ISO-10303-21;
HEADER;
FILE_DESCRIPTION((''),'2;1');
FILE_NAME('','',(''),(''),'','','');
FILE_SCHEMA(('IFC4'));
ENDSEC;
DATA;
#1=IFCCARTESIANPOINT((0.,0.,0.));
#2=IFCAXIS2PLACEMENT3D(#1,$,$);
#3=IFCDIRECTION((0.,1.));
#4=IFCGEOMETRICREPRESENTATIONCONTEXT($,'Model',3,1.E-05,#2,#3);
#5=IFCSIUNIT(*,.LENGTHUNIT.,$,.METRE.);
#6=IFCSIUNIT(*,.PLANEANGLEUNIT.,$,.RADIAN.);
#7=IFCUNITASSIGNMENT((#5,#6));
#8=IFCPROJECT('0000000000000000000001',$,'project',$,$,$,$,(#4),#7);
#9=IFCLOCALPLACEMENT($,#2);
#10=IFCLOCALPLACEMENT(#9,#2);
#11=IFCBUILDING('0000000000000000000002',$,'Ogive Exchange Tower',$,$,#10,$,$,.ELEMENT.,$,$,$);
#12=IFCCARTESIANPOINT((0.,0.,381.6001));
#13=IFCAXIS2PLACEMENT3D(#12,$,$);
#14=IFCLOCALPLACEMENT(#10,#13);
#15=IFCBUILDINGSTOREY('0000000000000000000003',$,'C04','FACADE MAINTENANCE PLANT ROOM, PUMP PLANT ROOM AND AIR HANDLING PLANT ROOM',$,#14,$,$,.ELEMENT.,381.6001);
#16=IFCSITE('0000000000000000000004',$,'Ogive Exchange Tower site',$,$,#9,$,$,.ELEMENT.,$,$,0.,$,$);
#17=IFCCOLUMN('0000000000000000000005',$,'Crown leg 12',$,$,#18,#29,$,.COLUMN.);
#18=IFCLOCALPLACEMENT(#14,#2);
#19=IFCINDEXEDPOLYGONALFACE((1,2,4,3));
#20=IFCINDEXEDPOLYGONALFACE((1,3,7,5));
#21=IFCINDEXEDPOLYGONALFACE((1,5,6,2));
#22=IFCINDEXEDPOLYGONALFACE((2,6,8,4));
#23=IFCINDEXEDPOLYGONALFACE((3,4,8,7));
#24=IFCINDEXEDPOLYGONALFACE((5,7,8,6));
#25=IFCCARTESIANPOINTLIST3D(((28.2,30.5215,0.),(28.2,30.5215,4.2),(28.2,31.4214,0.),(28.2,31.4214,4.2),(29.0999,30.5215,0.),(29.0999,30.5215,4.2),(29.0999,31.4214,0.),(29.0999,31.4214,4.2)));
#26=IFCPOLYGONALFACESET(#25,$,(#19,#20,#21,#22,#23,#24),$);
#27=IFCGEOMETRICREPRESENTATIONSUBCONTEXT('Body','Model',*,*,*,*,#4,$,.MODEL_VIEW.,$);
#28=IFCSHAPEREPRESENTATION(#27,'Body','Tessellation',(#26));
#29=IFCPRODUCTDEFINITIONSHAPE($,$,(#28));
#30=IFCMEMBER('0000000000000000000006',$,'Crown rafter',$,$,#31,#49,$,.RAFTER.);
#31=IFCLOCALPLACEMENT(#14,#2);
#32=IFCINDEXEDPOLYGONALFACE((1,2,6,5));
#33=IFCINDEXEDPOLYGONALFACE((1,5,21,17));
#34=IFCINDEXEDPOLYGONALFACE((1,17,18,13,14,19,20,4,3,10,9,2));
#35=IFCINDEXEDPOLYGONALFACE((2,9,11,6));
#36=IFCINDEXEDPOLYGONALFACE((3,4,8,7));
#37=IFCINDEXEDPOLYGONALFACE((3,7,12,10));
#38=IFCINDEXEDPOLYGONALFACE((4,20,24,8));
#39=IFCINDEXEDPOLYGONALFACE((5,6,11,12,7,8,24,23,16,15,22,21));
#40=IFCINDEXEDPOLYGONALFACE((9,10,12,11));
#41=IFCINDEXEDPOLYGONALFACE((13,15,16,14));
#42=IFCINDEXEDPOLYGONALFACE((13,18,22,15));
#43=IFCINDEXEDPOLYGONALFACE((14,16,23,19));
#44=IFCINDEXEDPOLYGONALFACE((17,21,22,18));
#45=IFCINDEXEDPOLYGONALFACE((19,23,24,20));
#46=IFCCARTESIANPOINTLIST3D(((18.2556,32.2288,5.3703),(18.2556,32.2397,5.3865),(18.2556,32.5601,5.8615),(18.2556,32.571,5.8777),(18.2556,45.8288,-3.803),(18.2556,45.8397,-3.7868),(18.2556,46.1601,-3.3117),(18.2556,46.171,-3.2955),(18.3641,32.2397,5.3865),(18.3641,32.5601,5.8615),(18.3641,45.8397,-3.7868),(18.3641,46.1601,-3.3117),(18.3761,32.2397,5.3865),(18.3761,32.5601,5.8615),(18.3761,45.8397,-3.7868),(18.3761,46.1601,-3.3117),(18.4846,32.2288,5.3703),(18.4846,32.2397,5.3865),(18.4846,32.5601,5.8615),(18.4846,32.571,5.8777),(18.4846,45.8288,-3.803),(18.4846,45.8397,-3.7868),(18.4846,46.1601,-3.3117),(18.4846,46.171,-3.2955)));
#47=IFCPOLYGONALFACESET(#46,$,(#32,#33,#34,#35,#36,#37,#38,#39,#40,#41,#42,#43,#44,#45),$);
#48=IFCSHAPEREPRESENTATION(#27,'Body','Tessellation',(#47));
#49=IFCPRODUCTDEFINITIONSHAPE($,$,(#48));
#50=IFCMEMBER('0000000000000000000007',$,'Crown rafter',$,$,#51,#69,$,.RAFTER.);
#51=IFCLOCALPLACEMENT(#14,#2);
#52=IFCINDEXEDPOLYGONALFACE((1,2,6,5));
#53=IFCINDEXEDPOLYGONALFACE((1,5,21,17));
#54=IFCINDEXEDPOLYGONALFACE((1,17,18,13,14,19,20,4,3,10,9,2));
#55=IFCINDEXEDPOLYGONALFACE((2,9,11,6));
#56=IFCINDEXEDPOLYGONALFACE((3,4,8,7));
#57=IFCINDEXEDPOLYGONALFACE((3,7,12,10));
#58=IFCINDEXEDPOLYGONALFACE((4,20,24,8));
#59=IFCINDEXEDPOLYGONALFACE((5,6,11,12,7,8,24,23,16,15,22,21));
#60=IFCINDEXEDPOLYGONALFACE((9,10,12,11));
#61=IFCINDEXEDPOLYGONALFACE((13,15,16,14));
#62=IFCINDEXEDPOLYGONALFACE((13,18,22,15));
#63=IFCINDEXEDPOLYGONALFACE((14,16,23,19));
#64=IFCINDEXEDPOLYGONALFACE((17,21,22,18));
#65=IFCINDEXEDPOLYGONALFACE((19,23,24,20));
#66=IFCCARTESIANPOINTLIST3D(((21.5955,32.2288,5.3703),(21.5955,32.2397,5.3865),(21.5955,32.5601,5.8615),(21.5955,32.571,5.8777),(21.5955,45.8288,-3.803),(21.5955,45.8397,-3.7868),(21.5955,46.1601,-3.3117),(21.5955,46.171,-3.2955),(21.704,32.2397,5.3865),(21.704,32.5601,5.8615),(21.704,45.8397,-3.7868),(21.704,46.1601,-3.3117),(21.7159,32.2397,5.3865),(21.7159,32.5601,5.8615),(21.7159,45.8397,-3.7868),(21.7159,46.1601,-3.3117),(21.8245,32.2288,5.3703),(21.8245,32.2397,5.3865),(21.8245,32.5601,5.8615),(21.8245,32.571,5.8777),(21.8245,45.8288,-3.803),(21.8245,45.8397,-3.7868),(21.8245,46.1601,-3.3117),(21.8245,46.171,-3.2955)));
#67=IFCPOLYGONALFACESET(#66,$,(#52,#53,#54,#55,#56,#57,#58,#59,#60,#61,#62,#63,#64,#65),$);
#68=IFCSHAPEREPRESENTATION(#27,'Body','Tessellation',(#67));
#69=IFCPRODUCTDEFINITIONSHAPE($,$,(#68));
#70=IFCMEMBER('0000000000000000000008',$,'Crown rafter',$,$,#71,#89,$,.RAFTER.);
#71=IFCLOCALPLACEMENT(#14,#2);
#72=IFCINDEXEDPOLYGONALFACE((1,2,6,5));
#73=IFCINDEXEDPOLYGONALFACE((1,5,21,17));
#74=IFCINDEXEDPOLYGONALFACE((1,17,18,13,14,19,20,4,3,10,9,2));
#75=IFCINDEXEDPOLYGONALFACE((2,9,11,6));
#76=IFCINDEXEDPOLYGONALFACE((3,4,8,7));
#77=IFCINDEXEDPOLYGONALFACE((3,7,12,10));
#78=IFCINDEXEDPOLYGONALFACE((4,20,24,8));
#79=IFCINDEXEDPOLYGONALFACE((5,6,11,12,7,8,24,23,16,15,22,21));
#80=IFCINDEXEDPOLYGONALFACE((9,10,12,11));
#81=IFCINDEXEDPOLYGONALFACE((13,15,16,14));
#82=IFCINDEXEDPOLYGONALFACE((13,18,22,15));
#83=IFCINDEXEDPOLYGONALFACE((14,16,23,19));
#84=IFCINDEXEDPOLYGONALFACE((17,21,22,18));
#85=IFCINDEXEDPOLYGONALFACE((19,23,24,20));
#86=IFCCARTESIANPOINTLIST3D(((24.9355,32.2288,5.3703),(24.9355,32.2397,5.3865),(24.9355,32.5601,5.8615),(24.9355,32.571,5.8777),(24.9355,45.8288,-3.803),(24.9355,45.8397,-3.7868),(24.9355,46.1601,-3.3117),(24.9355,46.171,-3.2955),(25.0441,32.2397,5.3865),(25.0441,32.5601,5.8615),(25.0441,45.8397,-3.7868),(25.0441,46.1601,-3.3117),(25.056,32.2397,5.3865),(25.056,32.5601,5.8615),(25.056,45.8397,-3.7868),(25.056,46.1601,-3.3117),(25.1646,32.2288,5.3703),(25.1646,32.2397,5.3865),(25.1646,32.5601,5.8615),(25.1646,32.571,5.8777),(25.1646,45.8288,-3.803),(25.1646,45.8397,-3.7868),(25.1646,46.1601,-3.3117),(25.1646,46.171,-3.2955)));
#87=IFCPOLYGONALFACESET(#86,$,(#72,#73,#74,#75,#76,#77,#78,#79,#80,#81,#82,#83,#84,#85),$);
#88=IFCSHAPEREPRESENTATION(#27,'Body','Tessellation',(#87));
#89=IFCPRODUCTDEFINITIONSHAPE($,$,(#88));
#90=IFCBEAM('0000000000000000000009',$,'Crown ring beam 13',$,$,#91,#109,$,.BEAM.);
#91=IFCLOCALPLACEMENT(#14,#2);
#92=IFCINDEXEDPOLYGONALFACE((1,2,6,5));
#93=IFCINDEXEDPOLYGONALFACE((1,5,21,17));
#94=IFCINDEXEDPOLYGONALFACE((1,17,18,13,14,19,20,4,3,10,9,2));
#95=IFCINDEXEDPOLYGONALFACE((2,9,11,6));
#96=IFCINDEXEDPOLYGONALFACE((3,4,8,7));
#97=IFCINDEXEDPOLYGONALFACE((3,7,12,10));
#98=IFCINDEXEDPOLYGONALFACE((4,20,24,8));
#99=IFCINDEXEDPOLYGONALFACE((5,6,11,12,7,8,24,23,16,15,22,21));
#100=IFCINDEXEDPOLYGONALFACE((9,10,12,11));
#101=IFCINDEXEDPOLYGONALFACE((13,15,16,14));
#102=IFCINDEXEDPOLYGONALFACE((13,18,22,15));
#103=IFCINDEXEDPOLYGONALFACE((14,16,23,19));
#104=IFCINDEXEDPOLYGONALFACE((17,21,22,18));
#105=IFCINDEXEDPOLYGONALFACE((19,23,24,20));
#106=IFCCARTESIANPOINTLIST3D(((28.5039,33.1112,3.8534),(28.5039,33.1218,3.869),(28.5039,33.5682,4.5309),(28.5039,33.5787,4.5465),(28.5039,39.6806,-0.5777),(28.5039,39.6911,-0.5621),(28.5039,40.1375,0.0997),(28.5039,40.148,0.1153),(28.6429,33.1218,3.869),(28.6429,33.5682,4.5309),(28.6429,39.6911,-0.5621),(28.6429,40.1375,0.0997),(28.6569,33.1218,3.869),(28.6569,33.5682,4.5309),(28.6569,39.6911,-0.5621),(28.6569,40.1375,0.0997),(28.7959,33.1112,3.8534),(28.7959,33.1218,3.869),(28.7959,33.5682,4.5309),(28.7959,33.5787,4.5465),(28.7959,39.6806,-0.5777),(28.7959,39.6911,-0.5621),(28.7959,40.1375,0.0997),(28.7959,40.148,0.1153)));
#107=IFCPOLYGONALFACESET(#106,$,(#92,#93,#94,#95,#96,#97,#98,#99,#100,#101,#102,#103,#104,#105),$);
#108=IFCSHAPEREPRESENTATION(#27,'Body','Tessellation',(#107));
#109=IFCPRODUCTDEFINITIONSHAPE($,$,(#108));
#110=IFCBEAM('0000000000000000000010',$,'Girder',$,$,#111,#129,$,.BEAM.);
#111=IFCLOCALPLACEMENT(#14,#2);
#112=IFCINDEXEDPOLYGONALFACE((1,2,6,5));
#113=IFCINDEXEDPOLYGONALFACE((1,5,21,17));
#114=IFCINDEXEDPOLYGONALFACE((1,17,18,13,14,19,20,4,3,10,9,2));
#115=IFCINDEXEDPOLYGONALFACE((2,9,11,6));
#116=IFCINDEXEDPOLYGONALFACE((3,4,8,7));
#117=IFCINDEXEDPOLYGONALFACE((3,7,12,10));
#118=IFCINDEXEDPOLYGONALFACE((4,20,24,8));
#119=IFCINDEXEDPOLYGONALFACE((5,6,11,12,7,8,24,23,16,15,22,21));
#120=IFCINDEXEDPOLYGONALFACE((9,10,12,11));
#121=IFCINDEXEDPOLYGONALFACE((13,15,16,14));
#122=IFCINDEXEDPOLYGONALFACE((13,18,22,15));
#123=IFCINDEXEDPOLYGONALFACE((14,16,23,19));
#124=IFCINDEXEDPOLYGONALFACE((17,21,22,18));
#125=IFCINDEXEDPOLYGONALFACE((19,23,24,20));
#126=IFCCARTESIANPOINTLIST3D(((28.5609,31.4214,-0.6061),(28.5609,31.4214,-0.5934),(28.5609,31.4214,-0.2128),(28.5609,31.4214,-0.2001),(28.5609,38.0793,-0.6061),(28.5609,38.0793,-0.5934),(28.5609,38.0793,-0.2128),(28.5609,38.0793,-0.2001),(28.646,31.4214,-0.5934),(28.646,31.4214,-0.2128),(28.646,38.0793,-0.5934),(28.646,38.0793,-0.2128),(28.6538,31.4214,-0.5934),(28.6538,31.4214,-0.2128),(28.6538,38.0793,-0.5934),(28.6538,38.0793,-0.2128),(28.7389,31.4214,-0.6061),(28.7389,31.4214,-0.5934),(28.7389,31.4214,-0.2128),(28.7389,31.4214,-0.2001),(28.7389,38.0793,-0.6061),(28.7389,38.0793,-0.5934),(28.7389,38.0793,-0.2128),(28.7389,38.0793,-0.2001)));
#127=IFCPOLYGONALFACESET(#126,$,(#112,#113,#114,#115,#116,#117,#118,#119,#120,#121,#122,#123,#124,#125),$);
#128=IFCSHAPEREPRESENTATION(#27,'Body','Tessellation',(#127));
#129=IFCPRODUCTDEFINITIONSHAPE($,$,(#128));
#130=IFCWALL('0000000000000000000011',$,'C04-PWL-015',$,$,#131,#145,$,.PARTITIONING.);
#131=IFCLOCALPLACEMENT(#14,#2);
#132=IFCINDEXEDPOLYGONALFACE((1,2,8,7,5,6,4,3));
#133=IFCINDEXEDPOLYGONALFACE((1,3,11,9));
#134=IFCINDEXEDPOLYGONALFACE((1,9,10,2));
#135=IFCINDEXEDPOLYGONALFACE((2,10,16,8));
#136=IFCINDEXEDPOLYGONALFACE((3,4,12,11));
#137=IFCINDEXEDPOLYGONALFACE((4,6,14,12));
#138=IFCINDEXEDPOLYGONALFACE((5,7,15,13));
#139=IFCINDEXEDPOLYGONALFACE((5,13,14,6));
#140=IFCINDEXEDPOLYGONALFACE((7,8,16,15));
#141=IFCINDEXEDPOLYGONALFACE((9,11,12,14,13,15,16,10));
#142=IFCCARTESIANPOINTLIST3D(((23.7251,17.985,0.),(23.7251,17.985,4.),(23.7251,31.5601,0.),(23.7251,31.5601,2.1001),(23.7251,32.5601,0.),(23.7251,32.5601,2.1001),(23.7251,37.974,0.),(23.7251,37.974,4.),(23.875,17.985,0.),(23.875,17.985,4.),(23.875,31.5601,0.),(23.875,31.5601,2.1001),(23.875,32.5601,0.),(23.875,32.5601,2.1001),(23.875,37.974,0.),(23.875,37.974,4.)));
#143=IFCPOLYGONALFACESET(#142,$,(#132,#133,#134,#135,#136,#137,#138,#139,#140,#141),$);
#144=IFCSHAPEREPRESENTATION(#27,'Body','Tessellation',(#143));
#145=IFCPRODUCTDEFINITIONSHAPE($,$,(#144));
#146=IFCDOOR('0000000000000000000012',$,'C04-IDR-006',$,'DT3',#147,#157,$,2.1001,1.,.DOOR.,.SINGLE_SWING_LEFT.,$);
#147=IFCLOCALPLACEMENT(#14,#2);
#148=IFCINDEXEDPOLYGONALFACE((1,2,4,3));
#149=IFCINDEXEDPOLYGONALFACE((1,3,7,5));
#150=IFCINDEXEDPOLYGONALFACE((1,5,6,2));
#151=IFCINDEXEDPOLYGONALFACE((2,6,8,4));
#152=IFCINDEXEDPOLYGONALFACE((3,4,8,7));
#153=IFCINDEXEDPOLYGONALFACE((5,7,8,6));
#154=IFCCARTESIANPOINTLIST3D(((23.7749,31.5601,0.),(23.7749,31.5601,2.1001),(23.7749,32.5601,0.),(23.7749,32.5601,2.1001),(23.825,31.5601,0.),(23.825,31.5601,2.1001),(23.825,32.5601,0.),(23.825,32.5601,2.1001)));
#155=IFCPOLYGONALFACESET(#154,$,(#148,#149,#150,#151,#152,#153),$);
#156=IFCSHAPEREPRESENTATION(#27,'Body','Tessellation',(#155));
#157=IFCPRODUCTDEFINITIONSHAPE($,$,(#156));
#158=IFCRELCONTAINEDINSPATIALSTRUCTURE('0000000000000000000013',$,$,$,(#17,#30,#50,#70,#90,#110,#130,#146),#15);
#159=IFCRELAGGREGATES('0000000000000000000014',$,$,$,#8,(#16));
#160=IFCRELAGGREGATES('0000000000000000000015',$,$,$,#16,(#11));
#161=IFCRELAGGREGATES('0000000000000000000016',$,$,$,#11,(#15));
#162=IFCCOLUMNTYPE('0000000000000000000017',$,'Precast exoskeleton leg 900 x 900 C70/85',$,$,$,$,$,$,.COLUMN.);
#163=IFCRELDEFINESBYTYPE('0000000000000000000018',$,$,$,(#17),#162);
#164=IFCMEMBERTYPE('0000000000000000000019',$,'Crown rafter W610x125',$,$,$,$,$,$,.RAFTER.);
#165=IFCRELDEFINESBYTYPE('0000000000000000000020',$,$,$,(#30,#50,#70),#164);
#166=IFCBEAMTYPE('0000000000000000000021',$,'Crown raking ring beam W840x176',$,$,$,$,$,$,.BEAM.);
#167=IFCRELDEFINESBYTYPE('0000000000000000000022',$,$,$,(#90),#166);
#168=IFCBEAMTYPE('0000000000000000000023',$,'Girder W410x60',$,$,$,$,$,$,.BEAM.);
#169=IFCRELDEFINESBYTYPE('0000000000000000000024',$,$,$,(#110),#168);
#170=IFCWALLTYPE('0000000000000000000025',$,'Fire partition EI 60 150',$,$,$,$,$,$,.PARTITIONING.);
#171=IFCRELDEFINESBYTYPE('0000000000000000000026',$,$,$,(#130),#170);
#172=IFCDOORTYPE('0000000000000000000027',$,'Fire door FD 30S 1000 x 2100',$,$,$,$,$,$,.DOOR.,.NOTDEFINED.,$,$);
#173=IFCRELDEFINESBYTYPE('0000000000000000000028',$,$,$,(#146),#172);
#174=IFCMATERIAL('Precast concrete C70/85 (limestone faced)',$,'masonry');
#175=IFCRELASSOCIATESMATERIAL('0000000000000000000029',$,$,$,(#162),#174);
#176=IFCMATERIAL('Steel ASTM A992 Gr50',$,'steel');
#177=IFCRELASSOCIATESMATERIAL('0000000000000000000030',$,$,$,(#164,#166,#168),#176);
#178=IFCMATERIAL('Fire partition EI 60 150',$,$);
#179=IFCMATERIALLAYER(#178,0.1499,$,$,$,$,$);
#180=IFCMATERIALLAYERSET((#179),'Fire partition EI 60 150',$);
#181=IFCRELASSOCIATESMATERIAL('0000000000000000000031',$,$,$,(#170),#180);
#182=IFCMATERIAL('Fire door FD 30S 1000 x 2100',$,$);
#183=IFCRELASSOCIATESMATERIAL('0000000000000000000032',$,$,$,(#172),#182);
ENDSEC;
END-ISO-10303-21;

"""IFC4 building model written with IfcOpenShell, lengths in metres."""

from ifc_helpers import new_model, si_unit, direction, frame, frame_2d, origin, origin_2d, place, context, subcontext, project, spatial, rectangle, i_section, extrude, material, layer, layer_set, material_profile, profile_set, type_object, element, fill, save


model = new_model("IFC4")

# Units and contexts
model_context = context("Model", 3, precision=1e-05, world=origin(), true_north=direction((0.0, 1.0)))
body_context = subcontext(model_context, "Body", "Model", "MODEL_VIEW")
ifc_project = project(units=[si_unit("LENGTHUNIT", "METRE"), si_unit("PLANEANGLEUNIT", "RADIAN")], contexts=[model_context])

# Site, building, storey
site_placement = place(None, origin())
site = spatial("IfcSite", under=ifc_project, at=site_placement, Name="Ogive Exchange Tower site", CompositionType="ELEMENT", RefElevation=0.0)
building_placement = place(site_placement, origin())
building = spatial("IfcBuilding", under=site, at=building_placement, Name="Ogive Exchange Tower", CompositionType="ELEMENT")
storey_placement = place(building_placement, frame((0.0, 0.0, 381.6001)))
storey = spatial("IfcBuildingStorey", under=building, at=storey_placement, Name="C04", Description="FACADE MAINTENANCE PLANT ROOM, PUMP PLANT ROOM AND AIR HANDLING PLANT ROOM", CompositionType="ELEMENT", Elevation=381.6001)

# Column
ifc_material_1 = material(Name="Precast concrete C70/85 (limestone faced)", Category="masonry")
ifc_material_profile_1 = material_profile(ifc_material_1, rectangle(XDim=0.8999, YDim=0.8999, at=origin_2d()), Name="900 x 900")
ifc_profile_set_1 = profile_set([ifc_material_profile_1], Name="Precast concrete C70/85 (limestone faced)")
column_type = type_object("IfcColumnType", Name="Precast exoskeleton leg 900 x 900 C70/85", PredefinedType="COLUMN", material=ifc_profile_set_1)
column_placement = place(storey_placement, frame((28.6499, 30.9714, 0.0), z_axis=(0.0, 0.0, 1.0), x_axis=(1.0, 0.0, 0.0)))
element("IfcColumn", 1, at=column_placement, inside=storey, type_object=column_type, Name="Crown leg 12", PredefinedType="COLUMN", context=body_context, shape_type="SweptSolid", body=[
    extrude(rectangle(XDim=0.8999, YDim=0.8999, at=origin_2d()), origin(), (0.0, 0.0, 1.0), 4.2),
])

# Members
ifc_material_2 = material(Name="Steel ASTM A992 Gr50", Category="steel")
ifc_material_profile_2 = material_profile(ifc_material_2, i_section(OverallWidth=0.229, OverallDepth=0.6121, WebThickness=0.012, FlangeThickness=0.0195, at=origin_2d()), Name="W610x125")
ifc_profile_set_2 = profile_set([ifc_material_profile_2], Name="Steel ASTM A992 Gr50")
member_type = type_object("IfcMemberType", Name="Crown rafter W610x125", PredefinedType="RAFTER", material=ifc_profile_set_2)
for number, where, z_axis, x_axis, name in (
    (2, (18.3701, 32.3999, 5.624), (0.0, 0.829039, -0.559191), (-1.0, 0.0, 0.0), "Crown rafter"),
    (3, (21.71, 32.3999, 5.624), (0.0, 0.829039, -0.559191), (-1.0, 0.0, 0.0), "Crown rafter"),
    (4, (25.05, 32.3999, 5.624), (0.0, 0.829039, -0.559191), (-1.0, 0.0, 0.0), "Crown rafter"),
):
    element("IfcMember", number, at=place(storey_placement, frame(where, z_axis=z_axis, x_axis=x_axis)), inside=storey, type_object=member_type, Name=name, PredefinedType="RAFTER", context=body_context, shape_type="SweptSolid", body=[
        extrude(i_section(OverallWidth=0.229, OverallDepth=0.6121, WebThickness=0.012, FlangeThickness=0.0195, at=origin_2d()), origin(), (0.0, 0.0, 1.0), 16.4045),
    ])

# Beams
ifc_material_profile_3 = material_profile(ifc_material_2, i_section(OverallWidth=0.292, OverallDepth=0.8359, WebThickness=0.0139, FlangeThickness=0.0188, at=origin_2d()), Name="W840x176")
ifc_profile_set_3 = profile_set([ifc_material_profile_3], Name="Steel ASTM A992 Gr50")
beam_type_1 = type_object("IfcBeamType", Name="Crown raking ring beam W840x176", PredefinedType="BEAM", material=ifc_profile_set_3)
beam_1_placement = place(storey_placement, frame((28.6499, 33.345, 4.2), z_axis=(0.0, 0.829033, -0.5592), x_axis=(-1.0, 0.0, 0.0)))
element("IfcBeam", 5, at=beam_1_placement, inside=storey, type_object=beam_type_1, Name="Crown ring beam 13", PredefinedType="BEAM", context=body_context, shape_type="SweptSolid", body=[
    extrude(i_section(OverallWidth=0.292, OverallDepth=0.8359, WebThickness=0.0139, FlangeThickness=0.0188, at=origin_2d()), origin(), (0.0, 0.0, 1.0), 7.9241),
])
ifc_material_profile_4 = material_profile(ifc_material_2, i_section(OverallWidth=0.178, OverallDepth=0.406, WebThickness=0.0078, FlangeThickness=0.0127, at=origin_2d()), Name="W410x60")
ifc_profile_set_4 = profile_set([ifc_material_profile_4], Name="Steel ASTM A992 Gr50")
beam_type_2 = type_object("IfcBeamType", Name="Girder W410x60", PredefinedType="BEAM", material=ifc_profile_set_4)
beam_2_placement = place(storey_placement, frame((28.6499, 31.4214, -0.4031), z_axis=(0.0, 1.0, 0.0), x_axis=(-1.0, 0.0, 0.0)))
element("IfcBeam", 6, at=beam_2_placement, inside=storey, type_object=beam_type_2, Name="Girder", PredefinedType="BEAM", context=body_context, shape_type="SweptSolid", body=[
    extrude(i_section(OverallWidth=0.178, OverallDepth=0.406, WebThickness=0.0078, FlangeThickness=0.0127, at=origin_2d()), origin(), (0.0, 0.0, 1.0), 6.658),
])

# Wall, opening, door
ifc_material_3 = material(Name="Fire partition EI 60 150")
ifc_layer_1 = layer(ifc_material_3, 0.1499)
ifc_layer_set_1 = layer_set([ifc_layer_1], Name="Fire partition EI 60 150")
wall_type_1 = type_object("IfcWallType", Name="Fire partition EI 60 150", PredefinedType="PARTITIONING", material=ifc_layer_set_1)
wall_1_placement = place(storey_placement, frame((23.8, 37.9741, 0.0), z_axis=(0.0, 0.0, 1.0), x_axis=(0.0, -1.0, 0.0)))
wall_1 = element("IfcWall", 7, at=wall_1_placement, inside=storey, type_object=wall_type_1, Name="C04-PWL-015", PredefinedType="PARTITIONING", context=body_context, shape_type="SweptSolid", body=[
    extrude(rectangle(XDim=19.989, YDim=0.1499, at=frame_2d((9.9946, 0.0))), origin(), (0.0, 0.0, 1.0), 4.0),
])
opening_1_placement = place(wall_1_placement, frame((5.4141, 0.0, 0.0)))
opening_1 = element("IfcOpeningElement", 8, at=opening_1_placement, cuts=wall_1, PredefinedType="OPENING", context=body_context, shape_type="SweptSolid", body=[
    extrude(rectangle(XDim=1.0, YDim=2.1001, at=frame_2d((0.5, 1.05))), frame((0.0, 0.085, 0.0), z_axis=(0.0, -1.0, 0.0), x_axis=(1.0, 0.0, 0.0)), (0.0, 0.0, 1.0), 0.1699),
])
ifc_material_4 = material(Name="Fire door FD 30S 1000 x 2100")
door_type = type_object("IfcDoorType", Name="Fire door FD 30S 1000 x 2100", OperationType="NOTDEFINED", PredefinedType="DOOR", material=ifc_material_4)
door_placement = place(opening_1_placement, origin())
door = element("IfcDoor", 9, at=door_placement, inside=storey, type_object=door_type, Name="C04-IDR-006", ObjectType="DT3", OperationType="SINGLE_SWING_LEFT", OverallHeight=2.1001, OverallWidth=1.0, PredefinedType="DOOR", context=body_context, shape_type="SweptSolid", body=[
    extrude(rectangle(XDim=1.0, YDim=2.1001, at=frame_2d((0.5, 1.05))), frame((0.0, 0.0249, 0.0), z_axis=(0.0, -1.0, 0.0), x_axis=(1.0, 0.0, 0.0)), (0.0, 0.0, 1.0), 0.05),
])
fill(opening_1, door)

save(model, "model.ifc")
